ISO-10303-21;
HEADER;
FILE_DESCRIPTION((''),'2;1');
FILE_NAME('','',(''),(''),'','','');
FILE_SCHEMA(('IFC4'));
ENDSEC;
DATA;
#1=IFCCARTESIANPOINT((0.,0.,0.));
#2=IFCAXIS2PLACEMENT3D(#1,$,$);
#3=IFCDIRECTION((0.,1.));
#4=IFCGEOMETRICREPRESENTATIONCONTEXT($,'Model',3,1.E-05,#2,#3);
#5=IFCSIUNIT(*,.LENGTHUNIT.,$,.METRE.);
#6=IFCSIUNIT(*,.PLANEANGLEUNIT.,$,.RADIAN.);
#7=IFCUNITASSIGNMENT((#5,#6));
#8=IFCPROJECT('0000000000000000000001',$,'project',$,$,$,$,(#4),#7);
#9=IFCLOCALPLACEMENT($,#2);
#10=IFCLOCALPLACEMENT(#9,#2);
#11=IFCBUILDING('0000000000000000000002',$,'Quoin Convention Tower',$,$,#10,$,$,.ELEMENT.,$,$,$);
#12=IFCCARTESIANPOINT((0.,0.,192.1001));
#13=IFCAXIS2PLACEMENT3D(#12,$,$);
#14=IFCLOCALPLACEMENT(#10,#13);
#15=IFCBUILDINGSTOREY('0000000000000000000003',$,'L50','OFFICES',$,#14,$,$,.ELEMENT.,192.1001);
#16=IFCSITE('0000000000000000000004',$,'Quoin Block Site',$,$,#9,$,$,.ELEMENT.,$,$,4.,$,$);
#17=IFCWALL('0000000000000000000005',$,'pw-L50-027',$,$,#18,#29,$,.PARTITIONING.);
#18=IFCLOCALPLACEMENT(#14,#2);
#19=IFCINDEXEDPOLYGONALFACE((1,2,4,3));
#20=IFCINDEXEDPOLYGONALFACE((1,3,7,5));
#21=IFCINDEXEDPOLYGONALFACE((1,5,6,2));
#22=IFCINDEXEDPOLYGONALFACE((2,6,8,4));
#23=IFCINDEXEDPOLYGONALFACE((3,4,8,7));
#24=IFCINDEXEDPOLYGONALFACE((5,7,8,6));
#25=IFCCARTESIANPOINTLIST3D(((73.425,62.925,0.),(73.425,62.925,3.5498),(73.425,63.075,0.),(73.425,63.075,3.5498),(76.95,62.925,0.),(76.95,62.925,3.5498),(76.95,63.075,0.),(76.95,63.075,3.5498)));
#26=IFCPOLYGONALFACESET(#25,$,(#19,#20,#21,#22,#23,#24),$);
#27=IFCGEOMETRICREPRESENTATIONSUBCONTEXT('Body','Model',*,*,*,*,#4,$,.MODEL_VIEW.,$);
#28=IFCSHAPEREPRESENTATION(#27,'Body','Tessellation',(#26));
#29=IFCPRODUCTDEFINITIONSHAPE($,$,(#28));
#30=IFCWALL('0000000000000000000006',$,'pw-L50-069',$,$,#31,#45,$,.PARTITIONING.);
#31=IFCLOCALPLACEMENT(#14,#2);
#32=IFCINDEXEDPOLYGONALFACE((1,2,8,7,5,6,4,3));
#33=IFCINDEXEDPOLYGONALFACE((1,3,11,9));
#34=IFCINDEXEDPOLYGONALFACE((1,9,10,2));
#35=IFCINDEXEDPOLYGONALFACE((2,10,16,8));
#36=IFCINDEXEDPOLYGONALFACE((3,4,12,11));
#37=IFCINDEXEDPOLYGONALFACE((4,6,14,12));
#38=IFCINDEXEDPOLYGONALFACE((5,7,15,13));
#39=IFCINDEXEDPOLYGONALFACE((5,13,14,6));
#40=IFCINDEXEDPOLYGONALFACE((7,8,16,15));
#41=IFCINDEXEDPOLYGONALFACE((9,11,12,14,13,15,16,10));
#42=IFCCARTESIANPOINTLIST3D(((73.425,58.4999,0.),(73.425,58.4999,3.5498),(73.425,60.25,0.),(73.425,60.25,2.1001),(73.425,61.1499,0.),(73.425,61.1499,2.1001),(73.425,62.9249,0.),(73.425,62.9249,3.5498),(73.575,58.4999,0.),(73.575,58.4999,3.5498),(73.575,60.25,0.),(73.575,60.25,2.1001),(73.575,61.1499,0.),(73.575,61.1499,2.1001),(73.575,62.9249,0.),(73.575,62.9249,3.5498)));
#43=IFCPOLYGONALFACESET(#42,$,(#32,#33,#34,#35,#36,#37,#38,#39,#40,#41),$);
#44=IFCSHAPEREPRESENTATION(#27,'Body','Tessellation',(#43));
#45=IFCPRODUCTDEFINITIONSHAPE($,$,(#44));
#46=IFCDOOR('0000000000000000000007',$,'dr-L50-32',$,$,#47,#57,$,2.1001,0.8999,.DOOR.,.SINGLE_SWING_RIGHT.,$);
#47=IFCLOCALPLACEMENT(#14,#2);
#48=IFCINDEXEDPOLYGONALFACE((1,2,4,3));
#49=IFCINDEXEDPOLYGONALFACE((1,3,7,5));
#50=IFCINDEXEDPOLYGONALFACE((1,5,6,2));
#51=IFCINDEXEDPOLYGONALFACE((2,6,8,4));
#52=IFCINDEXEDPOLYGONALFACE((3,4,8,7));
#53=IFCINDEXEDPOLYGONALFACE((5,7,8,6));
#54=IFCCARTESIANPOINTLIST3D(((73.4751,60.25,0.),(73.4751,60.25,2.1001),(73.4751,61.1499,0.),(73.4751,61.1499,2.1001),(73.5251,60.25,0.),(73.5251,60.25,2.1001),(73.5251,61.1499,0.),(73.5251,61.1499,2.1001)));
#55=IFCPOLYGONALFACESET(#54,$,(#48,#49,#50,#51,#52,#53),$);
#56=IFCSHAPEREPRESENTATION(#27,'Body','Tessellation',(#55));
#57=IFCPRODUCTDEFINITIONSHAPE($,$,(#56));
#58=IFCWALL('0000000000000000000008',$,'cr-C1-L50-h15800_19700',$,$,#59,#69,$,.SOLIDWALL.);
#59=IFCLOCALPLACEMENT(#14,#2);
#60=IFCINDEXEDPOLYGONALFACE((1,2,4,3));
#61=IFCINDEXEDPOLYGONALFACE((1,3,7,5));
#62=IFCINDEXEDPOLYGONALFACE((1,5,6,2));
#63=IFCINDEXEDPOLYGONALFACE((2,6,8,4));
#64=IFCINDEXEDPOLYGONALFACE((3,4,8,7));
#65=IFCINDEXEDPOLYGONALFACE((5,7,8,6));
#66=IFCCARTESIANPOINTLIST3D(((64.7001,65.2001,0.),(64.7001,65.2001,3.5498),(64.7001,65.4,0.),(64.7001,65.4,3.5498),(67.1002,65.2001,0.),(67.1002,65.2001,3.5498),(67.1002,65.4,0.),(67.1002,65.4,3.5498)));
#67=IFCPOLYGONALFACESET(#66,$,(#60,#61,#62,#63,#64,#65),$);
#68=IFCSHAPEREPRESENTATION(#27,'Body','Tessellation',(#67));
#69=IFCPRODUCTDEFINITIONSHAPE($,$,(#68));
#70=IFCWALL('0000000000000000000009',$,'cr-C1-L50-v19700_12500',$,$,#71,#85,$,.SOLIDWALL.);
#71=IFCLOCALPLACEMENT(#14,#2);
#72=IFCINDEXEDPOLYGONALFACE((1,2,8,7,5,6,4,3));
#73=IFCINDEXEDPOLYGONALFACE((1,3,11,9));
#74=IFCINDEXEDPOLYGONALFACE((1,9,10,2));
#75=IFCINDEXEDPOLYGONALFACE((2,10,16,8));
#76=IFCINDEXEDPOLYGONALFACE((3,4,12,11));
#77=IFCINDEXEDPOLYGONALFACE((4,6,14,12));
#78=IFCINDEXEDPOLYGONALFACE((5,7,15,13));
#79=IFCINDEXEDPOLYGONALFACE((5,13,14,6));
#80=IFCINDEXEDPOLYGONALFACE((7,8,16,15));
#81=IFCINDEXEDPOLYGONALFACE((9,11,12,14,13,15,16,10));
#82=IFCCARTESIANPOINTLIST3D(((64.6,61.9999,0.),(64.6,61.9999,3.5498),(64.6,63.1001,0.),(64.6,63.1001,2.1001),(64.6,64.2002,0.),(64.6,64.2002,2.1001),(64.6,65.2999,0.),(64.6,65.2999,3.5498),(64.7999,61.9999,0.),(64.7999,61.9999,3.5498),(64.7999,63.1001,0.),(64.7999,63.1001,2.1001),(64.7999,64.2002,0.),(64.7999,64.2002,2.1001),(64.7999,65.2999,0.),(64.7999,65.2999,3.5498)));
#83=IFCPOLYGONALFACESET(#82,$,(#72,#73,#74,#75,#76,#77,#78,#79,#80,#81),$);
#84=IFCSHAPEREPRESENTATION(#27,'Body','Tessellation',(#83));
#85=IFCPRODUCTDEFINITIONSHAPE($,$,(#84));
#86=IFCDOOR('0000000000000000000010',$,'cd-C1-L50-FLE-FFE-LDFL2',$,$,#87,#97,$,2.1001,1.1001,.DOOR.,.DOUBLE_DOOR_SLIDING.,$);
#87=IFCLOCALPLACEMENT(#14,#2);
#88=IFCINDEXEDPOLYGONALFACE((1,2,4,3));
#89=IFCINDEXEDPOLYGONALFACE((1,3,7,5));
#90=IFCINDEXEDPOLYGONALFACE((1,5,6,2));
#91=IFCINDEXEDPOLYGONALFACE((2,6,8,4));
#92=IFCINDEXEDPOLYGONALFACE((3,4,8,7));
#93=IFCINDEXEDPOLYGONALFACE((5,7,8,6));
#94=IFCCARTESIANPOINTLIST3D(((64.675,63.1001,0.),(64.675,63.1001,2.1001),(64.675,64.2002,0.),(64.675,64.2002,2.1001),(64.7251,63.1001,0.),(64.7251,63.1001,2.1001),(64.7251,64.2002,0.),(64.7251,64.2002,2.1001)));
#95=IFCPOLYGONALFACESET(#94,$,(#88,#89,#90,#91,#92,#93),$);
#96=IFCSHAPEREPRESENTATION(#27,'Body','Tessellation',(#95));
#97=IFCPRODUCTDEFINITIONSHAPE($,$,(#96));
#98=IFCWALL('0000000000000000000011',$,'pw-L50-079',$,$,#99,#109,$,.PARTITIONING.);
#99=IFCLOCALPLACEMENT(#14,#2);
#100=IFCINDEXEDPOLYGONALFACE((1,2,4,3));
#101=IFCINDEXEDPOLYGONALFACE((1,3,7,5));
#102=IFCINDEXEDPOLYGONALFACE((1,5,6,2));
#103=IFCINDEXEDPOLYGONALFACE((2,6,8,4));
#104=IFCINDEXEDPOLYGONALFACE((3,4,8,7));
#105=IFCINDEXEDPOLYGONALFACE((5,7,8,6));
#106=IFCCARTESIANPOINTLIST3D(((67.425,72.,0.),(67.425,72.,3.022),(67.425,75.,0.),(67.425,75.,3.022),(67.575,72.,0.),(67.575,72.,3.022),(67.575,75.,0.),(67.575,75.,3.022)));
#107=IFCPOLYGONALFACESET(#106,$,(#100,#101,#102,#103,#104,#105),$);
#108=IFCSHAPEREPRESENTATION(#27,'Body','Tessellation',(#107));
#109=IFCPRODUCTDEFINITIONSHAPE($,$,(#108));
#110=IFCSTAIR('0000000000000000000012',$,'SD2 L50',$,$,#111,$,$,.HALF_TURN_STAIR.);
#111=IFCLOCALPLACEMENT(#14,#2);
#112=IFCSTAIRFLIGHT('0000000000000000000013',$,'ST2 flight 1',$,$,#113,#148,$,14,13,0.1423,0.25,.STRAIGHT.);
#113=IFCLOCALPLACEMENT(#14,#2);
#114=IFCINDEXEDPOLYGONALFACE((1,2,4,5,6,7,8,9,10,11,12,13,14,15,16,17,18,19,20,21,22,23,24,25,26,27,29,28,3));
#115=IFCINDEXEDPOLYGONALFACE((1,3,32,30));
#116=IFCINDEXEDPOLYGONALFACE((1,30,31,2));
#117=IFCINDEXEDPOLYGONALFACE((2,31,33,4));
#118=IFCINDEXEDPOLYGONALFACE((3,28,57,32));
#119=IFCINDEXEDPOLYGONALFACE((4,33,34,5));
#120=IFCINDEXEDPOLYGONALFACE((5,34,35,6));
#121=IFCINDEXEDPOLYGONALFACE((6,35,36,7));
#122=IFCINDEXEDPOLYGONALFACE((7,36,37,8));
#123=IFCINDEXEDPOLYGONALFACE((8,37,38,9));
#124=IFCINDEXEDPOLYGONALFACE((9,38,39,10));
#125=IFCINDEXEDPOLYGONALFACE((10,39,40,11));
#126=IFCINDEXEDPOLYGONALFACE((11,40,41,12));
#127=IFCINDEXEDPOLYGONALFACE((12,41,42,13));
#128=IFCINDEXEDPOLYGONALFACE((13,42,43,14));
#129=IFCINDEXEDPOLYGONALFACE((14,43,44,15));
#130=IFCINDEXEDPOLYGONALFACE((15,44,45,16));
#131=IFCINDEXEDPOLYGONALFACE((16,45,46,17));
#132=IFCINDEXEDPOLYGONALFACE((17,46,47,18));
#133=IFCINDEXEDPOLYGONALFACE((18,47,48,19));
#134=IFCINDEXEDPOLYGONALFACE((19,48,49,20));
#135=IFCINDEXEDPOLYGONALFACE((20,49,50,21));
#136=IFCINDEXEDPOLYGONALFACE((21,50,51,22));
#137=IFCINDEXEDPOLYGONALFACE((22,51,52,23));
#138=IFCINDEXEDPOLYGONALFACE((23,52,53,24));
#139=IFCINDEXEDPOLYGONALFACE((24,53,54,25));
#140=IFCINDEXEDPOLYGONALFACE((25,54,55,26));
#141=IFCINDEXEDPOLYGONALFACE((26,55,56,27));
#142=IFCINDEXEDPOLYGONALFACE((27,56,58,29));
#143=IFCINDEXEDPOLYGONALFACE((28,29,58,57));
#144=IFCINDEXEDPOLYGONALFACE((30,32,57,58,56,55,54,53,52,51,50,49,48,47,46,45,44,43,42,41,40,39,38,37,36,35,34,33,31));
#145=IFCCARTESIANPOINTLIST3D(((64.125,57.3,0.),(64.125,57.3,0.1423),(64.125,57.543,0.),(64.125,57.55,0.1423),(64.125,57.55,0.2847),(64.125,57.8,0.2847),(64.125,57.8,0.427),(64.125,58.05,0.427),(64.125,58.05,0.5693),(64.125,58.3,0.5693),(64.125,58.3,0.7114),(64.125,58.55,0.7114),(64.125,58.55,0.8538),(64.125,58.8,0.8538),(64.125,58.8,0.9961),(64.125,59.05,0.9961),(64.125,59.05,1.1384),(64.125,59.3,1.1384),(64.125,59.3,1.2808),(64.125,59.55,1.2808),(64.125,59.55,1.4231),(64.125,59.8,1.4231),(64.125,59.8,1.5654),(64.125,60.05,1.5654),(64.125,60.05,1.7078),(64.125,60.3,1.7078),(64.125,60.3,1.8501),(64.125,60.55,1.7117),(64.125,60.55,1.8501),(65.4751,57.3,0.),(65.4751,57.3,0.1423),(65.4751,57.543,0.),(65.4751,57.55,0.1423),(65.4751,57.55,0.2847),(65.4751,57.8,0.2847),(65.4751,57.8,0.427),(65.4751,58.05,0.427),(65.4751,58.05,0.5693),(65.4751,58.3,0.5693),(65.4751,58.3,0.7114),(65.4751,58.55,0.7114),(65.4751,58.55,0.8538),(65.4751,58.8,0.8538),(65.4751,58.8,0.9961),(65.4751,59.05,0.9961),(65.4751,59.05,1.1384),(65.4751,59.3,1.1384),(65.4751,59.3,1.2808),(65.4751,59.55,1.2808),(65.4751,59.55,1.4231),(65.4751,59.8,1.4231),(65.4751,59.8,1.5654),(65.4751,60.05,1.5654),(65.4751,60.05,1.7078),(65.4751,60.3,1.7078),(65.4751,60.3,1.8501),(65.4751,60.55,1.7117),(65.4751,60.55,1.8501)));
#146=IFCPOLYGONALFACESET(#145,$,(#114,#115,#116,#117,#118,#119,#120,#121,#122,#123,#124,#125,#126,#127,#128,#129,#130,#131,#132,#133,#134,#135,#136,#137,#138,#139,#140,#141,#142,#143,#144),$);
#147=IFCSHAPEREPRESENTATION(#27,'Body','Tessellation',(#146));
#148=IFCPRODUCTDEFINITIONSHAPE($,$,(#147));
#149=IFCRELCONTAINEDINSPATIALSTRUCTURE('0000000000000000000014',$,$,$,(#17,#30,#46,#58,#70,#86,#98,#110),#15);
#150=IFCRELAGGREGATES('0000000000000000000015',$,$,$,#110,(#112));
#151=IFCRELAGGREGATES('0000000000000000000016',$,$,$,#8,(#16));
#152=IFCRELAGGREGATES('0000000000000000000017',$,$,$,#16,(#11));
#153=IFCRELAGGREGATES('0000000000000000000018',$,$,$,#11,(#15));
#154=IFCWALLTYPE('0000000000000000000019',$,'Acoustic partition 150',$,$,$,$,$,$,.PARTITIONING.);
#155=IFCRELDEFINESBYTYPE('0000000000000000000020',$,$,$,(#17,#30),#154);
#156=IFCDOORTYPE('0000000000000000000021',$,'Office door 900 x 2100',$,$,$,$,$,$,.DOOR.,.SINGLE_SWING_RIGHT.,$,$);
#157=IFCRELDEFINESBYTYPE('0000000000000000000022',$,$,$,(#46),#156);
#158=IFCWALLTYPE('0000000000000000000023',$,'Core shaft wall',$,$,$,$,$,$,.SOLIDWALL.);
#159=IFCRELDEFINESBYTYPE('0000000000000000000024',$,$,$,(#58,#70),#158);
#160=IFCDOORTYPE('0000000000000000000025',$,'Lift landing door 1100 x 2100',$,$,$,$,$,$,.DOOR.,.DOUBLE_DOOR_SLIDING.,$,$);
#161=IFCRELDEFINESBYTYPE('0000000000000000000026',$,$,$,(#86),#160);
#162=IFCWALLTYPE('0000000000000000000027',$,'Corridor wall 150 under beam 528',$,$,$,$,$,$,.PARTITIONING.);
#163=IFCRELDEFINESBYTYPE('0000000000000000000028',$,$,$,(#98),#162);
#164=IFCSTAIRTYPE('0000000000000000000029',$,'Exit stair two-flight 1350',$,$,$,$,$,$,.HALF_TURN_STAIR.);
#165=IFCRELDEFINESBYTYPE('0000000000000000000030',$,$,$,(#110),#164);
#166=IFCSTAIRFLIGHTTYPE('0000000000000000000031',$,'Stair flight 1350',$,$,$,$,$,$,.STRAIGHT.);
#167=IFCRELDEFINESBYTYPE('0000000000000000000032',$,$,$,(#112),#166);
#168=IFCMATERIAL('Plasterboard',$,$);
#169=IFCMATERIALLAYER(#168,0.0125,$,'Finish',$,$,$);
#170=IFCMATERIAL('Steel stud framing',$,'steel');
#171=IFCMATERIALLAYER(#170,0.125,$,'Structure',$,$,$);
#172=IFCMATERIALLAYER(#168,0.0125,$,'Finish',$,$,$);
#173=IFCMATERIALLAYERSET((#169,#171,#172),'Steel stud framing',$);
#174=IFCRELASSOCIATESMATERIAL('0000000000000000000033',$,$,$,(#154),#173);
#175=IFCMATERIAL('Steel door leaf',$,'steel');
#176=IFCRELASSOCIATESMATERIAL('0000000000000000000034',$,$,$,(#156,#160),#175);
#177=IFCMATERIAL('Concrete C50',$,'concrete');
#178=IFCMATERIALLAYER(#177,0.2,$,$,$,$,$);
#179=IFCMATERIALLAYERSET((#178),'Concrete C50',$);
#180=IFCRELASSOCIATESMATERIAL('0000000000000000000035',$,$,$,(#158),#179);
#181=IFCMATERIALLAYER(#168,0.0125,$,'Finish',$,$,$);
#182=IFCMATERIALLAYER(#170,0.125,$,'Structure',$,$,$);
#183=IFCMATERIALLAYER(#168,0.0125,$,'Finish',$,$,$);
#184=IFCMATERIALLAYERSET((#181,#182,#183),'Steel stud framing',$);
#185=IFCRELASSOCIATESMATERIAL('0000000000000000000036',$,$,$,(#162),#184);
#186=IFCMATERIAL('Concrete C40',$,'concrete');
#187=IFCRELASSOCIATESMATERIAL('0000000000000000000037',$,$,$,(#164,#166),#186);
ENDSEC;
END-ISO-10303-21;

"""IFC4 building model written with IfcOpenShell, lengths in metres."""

from ifc_helpers import new_model, si_unit, direction, frame, frame_2d, origin, place, context, subcontext, project, spatial, polyline, rectangle, outline, extrude, material, layer, layer_set, type_object, element, fill, aggregate, save


model = new_model("IFC4")

# Units and contexts
model_context = context("Model", 3, precision=1e-05, world=origin(), true_north=direction((0.0, 1.0)))
body_context = subcontext(model_context, "Body", "Model", "MODEL_VIEW")
ifc_project = project(units=[si_unit("LENGTHUNIT", "METRE"), si_unit("PLANEANGLEUNIT", "RADIAN")], contexts=[model_context])

# Site, building, storey
site_placement = place(None, origin())
site = spatial("IfcSite", under=ifc_project, at=site_placement, Name="Quoin Block Site", CompositionType="ELEMENT", RefElevation=4.0)
building_placement = place(site_placement, origin())
building = spatial("IfcBuilding", under=site, at=building_placement, Name="Quoin Convention Tower", CompositionType="ELEMENT")
storey_placement = place(building_placement, frame((0.0, 0.0, 192.1001)))
storey = spatial("IfcBuildingStorey", under=building, at=storey_placement, Name="L50", Description="OFFICES", CompositionType="ELEMENT", Elevation=192.1001)

# Shared definitions
ifc_material_1 = material(Name="Concrete C50", Category="concrete")

# Wall
ifc_material_2 = material(Name="Plasterboard")
ifc_layer_1 = layer(ifc_material_2, 0.0125, Name="Finish")
ifc_material_3 = material(Name="Steel stud framing", Category="steel")
ifc_layer_2 = layer(ifc_material_3, 0.125, Name="Structure")
ifc_layer_3 = layer(ifc_material_2, 0.0125, Name="Finish")
ifc_layer_set_1 = layer_set([ifc_layer_1, ifc_layer_2, ifc_layer_3], Name="Steel stud framing")
wall_type_1 = type_object("IfcWallType", Name="Acoustic partition 150", PredefinedType="PARTITIONING", material=ifc_layer_set_1)
wall_1_placement = place(storey_placement, frame((73.425, 63.0, 0.0), z_axis=(0.0, 0.0, 1.0), x_axis=(1.0, 0.0, 0.0)))
element("IfcWall", 1, at=wall_1_placement, inside=storey, type_object=wall_type_1, Name="pw-L50-027", PredefinedType="PARTITIONING", context=body_context, shape_type="SweptSolid", body=[
    extrude(rectangle(XDim=3.5249, YDim=0.1499, at=frame_2d((1.7625, 0.0))), origin(), (0.0, 0.0, 1.0), 3.5498),
])

# Wall, opening, door
wall_2_placement = place(storey_placement, frame((73.5, 58.5, 0.0), z_axis=(0.0, 0.0, 1.0), x_axis=(0.0, 1.0, 0.0)))
wall_2 = element("IfcWall", 2, at=wall_2_placement, inside=storey, type_object=wall_type_1, Name="pw-L50-069", PredefinedType="PARTITIONING", context=body_context, shape_type="SweptSolid", body=[
    extrude(rectangle(XDim=4.425, YDim=0.1499, at=frame_2d((2.2124, 0.0))), origin(), (0.0, 0.0, 1.0), 3.5498),
])
opening_1_placement = place(wall_2_placement, frame((1.75, 0.0, 0.0)))
opening_1 = element("IfcOpeningElement", 3, at=opening_1_placement, cuts=wall_2, PredefinedType="OPENING", context=body_context, shape_type="SweptSolid", body=[
    extrude(rectangle(XDim=0.8999, YDim=2.1001, at=frame_2d((0.45, 1.05))), frame((0.0, 0.085, 0.0), z_axis=(0.0, -1.0, 0.0), x_axis=(1.0, 0.0, 0.0)), (0.0, 0.0, 1.0), 0.1699),
])
ifc_material_4 = material(Name="Steel door leaf", Category="steel")
door_type_1 = type_object("IfcDoorType", Name="Office door 900 x 2100", OperationType="SINGLE_SWING_RIGHT", PredefinedType="DOOR", material=ifc_material_4)
door_1_placement = place(opening_1_placement, origin())
door_1 = element("IfcDoor", 4, at=door_1_placement, inside=storey, type_object=door_type_1, Name="dr-L50-32", OperationType="SINGLE_SWING_RIGHT", OverallHeight=2.1001, OverallWidth=0.8999, PredefinedType="DOOR", context=body_context, shape_type="SweptSolid", body=[
    extrude(rectangle(XDim=0.8999, YDim=2.1001, at=frame_2d((0.45, 1.05))), frame((0.0, 0.0249, 0.0), z_axis=(0.0, -1.0, 0.0), x_axis=(1.0, 0.0, 0.0)), (0.0, 0.0, 1.0), 0.05),
])
fill(opening_1, door_1)

# Wall
ifc_layer_4 = layer(ifc_material_1, 0.2)
ifc_layer_set_2 = layer_set([ifc_layer_4], Name="Concrete C50")
wall_type_2 = type_object("IfcWallType", Name="Core shaft wall", PredefinedType="SOLIDWALL", material=ifc_layer_set_2)
wall_3_placement = place(storey_placement, frame((64.7, 65.3, 0.0), z_axis=(0.0, 0.0, 1.0), x_axis=(1.0, 0.0, 0.0)))
element("IfcWall", 5, at=wall_3_placement, inside=storey, type_object=wall_type_2, Name="cr-C1-L50-h15800_19700", PredefinedType="SOLIDWALL", context=body_context, shape_type="SweptSolid", body=[
    extrude(rectangle(XDim=2.4001, YDim=0.2, at=frame_2d((1.2002, 0.0))), origin(), (0.0, 0.0, 1.0), 3.5498),
])

# Wall, opening, door
wall_4_placement = place(storey_placement, frame((64.7, 62.0, 0.0), z_axis=(0.0, 0.0, 1.0), x_axis=(0.0, 1.0, 0.0)))
wall_4 = element("IfcWall", 6, at=wall_4_placement, inside=storey, type_object=wall_type_2, Name="cr-C1-L50-v19700_12500", PredefinedType="SOLIDWALL", context=body_context, shape_type="SweptSolid", body=[
    extrude(rectangle(XDim=3.3, YDim=0.2, at=frame_2d((1.6499, 0.0))), origin(), (0.0, 0.0, 1.0), 3.5498),
])
opening_2_placement = place(wall_4_placement, frame((1.1001, 0.0, 0.0)))
opening_2 = element("IfcOpeningElement", 7, at=opening_2_placement, cuts=wall_4, PredefinedType="OPENING", context=body_context, shape_type="SweptSolid", body=[
    extrude(rectangle(XDim=1.1001, YDim=2.1001, at=frame_2d((0.55, 1.05))), frame((0.0, 0.1099, 0.0), z_axis=(0.0, -1.0, 0.0), x_axis=(1.0, 0.0, 0.0)), (0.0, 0.0, 1.0), 0.22),
])
door_type_2 = type_object("IfcDoorType", Name="Lift landing door 1100 x 2100", OperationType="DOUBLE_DOOR_SLIDING", PredefinedType="DOOR", material=ifc_material_4)
door_2_placement = place(opening_2_placement, origin())
door_2 = element("IfcDoor", 8, at=door_2_placement, inside=storey, type_object=door_type_2, Name="cd-C1-L50-FLE-FFE-LDFL2", OperationType="DOUBLE_DOOR_SLIDING", OverallHeight=2.1001, OverallWidth=1.1001, PredefinedType="DOOR", context=body_context, shape_type="SweptSolid", body=[
    extrude(rectangle(XDim=1.1001, YDim=2.1001, at=frame_2d((0.55, 1.05))), frame((0.0, 0.0249, 0.0), z_axis=(0.0, -1.0, 0.0), x_axis=(1.0, 0.0, 0.0)), (0.0, 0.0, 1.0), 0.05),
])
fill(opening_2, door_2)

# Wall
ifc_layer_5 = layer(ifc_material_2, 0.0125, Name="Finish")
ifc_layer_6 = layer(ifc_material_3, 0.125, Name="Structure")
ifc_layer_7 = layer(ifc_material_2, 0.0125, Name="Finish")
ifc_layer_set_3 = layer_set([ifc_layer_5, ifc_layer_6, ifc_layer_7], Name="Steel stud framing")
wall_type_3 = type_object("IfcWallType", Name="Corridor wall 150 under beam 528", PredefinedType="PARTITIONING", material=ifc_layer_set_3)
wall_5_placement = place(storey_placement, frame((67.5, 72.0, 0.0), z_axis=(0.0, 0.0, 1.0), x_axis=(0.0, 1.0, 0.0)))
element("IfcWall", 9, at=wall_5_placement, inside=storey, type_object=wall_type_3, Name="pw-L50-079", PredefinedType="PARTITIONING", context=body_context, shape_type="SweptSolid", body=[
    extrude(rectangle(XDim=3.0, YDim=0.1499, at=frame_2d((1.5, 0.0))), origin(), (0.0, 0.0, 1.0), 3.022),
])

# Stair, stair flight
ifc_material_5 = material(Name="Concrete C40", Category="concrete")
stair_type = type_object("IfcStairType", Name="Exit stair two-flight 1350", PredefinedType="HALF_TURN_STAIR", material=ifc_material_5)
stair_placement = place(storey_placement, origin())
stair = element("IfcStair", 10, at=stair_placement, inside=storey, type_object=stair_type, Name="SD2 L50", PredefinedType="HALF_TURN_STAIR")
stair_flight_type = type_object("IfcStairFlightType", Name="Stair flight 1350", PredefinedType="STRAIGHT", material=ifc_material_5)
stair_flight_1_placement = place(storey_placement, frame((64.8, 57.3, 0.0), z_axis=(0.0, 0.0, 1.0), x_axis=(0.0, 1.0, 0.0)))
stair_flight_1 = element("IfcStairFlight", 11, at=stair_flight_1_placement, type_object=stair_flight_type, Name="ST2 flight 1", NumberOfRisers=14, NumberOfTreads=13, PredefinedType="STRAIGHT", RiserHeight=0.1423, TreadLength=0.25, context=body_context, shape_type="SweptSolid", body=[
    extrude(outline(polyline([(0.0, 0.0), (0.0, 0.1423), (0.25, 0.1423), (0.25, 0.2847), (0.5, 0.2847), (0.5, 0.427), (0.75, 0.427), (0.75, 0.5693), (1.0, 0.5693), (1.0, 0.7114), (1.25, 0.7114), (1.25, 0.8538), (1.5, 0.8538), (1.5, 0.9961), (1.75, 0.9961), (1.75, 1.1384), (2.0, 1.1384), (2.0, 1.2808), (2.25, 1.2808), (2.25, 1.4231), (2.5, 1.4231), (2.5, 1.5654), (2.75, 1.5654), (2.75, 1.7078), (3.0, 1.7078), (3.0, 1.8501), (3.25, 1.8501), (3.25, 1.9922), (3.25, 1.7117), (0.2429, 0.0), (0.0, 0.0)])), frame((0.0, 0.675, 0.0), z_axis=(0.0, -1.0, 0.0), x_axis=(1.0, 0.0, 0.0)), (0.0, 0.0, 1.0), 1.3501),
])
aggregate(stair, [stair_flight_1])

save(model, "model.ifc")
